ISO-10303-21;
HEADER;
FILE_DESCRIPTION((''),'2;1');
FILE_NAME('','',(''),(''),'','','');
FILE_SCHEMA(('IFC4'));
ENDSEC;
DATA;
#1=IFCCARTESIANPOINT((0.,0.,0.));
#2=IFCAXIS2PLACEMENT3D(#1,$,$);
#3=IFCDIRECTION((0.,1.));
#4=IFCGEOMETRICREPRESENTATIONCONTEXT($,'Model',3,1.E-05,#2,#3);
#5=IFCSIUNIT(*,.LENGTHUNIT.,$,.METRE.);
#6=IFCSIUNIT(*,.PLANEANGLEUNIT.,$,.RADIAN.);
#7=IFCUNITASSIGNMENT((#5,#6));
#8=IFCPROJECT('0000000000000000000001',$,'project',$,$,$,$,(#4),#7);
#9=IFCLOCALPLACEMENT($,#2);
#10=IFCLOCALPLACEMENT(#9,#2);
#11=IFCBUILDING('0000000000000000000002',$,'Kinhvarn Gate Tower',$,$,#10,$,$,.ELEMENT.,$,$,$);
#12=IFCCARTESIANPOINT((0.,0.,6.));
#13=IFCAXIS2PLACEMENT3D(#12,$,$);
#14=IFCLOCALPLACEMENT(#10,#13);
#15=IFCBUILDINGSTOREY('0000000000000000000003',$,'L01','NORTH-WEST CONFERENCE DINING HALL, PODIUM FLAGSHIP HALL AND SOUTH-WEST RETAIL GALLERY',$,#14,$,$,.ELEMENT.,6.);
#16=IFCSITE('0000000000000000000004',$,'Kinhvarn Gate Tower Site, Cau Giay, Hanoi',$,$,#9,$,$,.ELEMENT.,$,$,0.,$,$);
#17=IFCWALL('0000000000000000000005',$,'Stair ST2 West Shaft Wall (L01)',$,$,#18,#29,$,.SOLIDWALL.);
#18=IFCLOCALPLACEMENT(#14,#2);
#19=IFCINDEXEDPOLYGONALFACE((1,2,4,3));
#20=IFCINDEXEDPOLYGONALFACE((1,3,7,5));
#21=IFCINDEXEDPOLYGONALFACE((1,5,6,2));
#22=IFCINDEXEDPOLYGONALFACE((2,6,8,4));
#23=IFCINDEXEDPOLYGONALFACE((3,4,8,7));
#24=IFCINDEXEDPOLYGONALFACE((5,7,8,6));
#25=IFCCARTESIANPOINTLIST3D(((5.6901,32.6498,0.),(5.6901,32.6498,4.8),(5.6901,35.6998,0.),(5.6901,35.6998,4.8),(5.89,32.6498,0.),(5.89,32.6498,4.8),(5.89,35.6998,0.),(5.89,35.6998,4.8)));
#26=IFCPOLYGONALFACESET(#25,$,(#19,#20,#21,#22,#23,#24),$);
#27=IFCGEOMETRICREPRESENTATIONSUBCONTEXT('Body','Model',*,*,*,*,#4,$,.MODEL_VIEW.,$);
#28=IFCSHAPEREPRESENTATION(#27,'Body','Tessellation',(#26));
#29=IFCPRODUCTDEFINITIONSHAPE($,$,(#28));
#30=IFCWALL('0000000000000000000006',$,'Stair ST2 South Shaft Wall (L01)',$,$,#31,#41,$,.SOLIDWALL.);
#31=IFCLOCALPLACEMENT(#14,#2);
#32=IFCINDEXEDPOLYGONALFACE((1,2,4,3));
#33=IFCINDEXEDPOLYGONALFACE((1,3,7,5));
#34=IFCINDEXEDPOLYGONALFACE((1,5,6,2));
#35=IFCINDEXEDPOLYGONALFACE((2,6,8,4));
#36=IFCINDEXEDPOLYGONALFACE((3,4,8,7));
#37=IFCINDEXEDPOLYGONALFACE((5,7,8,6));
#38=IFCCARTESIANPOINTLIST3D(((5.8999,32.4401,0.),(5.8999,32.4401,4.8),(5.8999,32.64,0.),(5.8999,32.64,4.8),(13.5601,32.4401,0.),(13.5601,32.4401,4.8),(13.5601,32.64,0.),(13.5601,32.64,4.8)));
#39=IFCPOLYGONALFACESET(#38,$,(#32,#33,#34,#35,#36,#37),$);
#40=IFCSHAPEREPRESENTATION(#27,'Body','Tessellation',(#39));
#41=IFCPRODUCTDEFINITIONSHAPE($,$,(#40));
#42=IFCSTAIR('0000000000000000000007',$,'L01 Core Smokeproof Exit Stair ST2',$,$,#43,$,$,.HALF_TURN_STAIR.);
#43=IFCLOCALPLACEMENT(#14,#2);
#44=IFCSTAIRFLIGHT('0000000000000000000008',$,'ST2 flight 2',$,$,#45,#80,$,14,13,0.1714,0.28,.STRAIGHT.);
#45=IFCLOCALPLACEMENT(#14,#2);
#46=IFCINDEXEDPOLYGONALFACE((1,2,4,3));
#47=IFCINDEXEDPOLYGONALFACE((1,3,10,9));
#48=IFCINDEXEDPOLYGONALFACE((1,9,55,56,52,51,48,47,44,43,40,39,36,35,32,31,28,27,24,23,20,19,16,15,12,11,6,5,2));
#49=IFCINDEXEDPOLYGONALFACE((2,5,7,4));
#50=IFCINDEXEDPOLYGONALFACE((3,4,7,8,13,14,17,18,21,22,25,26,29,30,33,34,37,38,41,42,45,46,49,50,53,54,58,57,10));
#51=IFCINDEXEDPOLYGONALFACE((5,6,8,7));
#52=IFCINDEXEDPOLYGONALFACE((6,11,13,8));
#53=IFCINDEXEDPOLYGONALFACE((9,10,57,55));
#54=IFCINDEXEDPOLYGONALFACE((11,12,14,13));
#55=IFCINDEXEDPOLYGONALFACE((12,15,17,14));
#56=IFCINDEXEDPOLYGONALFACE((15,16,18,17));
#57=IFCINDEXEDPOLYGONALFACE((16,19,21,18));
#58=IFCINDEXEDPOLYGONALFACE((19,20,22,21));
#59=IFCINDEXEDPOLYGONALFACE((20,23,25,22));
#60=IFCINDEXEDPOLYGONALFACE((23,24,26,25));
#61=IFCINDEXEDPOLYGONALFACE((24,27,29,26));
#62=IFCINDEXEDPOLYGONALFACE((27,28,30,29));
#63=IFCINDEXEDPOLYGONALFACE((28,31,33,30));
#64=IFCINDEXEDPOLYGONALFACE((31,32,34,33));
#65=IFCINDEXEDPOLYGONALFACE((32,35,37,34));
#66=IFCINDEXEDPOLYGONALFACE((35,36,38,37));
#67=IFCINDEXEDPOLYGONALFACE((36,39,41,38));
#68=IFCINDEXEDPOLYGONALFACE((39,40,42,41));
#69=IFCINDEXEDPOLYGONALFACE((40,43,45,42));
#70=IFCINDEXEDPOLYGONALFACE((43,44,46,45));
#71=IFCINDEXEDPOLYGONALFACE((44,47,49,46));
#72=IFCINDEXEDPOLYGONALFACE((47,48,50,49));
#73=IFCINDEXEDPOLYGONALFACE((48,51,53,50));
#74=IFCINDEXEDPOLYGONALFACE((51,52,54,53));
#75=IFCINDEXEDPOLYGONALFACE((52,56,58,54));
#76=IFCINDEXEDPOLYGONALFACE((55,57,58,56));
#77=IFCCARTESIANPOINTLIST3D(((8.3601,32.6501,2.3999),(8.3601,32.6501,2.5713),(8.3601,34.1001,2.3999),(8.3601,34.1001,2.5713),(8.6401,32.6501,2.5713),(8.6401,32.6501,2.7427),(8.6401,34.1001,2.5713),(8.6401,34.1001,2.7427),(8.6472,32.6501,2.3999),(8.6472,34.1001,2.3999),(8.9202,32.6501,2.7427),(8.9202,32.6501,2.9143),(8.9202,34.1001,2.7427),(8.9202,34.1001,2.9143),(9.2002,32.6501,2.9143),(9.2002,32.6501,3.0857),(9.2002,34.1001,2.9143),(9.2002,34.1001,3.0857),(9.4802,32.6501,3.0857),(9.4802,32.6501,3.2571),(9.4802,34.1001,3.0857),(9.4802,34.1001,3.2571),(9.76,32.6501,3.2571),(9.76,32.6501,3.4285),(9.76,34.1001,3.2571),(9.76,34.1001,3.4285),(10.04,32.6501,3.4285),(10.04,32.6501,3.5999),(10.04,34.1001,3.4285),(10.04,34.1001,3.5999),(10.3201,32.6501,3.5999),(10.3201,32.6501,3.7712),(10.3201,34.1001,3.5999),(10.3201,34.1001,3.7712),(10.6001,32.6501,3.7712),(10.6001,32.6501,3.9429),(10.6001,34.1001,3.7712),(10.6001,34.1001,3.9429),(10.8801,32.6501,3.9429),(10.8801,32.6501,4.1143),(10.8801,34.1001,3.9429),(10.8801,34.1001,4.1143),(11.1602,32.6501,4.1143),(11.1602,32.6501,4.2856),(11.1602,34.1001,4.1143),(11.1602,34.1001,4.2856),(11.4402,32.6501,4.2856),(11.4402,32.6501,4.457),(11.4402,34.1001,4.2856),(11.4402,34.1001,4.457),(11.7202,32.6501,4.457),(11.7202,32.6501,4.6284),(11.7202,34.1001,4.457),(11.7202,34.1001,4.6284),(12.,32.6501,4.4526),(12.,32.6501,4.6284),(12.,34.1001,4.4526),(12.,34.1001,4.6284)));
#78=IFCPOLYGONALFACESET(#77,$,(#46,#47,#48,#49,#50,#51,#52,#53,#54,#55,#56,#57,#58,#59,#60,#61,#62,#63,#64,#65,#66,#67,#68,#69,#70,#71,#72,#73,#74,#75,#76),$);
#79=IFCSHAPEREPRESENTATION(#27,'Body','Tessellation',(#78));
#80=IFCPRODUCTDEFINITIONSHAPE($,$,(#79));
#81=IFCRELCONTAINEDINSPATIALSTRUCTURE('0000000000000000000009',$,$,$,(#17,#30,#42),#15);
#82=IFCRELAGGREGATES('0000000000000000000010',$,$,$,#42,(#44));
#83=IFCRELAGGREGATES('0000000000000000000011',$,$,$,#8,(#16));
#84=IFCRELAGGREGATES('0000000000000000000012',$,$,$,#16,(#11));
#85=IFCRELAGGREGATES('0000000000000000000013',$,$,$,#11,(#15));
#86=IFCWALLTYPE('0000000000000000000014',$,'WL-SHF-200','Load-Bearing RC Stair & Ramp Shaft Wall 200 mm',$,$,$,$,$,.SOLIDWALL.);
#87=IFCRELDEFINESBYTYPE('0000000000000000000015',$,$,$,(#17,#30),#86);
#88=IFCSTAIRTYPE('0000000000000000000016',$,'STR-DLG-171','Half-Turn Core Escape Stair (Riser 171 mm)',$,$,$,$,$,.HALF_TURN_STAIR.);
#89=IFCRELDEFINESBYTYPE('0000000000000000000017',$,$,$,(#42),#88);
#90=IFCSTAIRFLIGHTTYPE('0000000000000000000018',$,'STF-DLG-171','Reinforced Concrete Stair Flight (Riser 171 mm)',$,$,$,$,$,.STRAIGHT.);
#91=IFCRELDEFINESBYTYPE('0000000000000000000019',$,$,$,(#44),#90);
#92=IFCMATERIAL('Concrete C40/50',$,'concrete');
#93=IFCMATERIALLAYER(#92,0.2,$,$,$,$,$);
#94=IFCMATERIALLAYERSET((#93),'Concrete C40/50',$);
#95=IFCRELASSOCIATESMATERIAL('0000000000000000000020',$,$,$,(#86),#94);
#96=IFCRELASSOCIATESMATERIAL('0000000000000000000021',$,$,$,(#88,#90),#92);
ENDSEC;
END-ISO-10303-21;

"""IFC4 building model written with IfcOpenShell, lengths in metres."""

from ifc_helpers import new_model, si_unit, direction, frame, frame_2d, origin, place, context, subcontext, project, spatial, polyline, rectangle, outline, extrude, material, layer, layer_set, type_object, element, aggregate, save


model = new_model("IFC4")

# Units and contexts
model_context = context("Model", 3, precision=1e-05, world=origin(), true_north=direction((0.0, 1.0)))
body_context = subcontext(model_context, "Body", "Model", "MODEL_VIEW")
ifc_project = project(units=[si_unit("LENGTHUNIT", "METRE"), si_unit("PLANEANGLEUNIT", "RADIAN")], contexts=[model_context])

# Site, building, storey
site_placement = place(None, origin())
site = spatial("IfcSite", under=ifc_project, at=site_placement, Name="Kinhvarn Gate Tower Site, Cau Giay, Hanoi", CompositionType="ELEMENT", RefElevation=0.0)
building_placement = place(site_placement, origin())
building = spatial("IfcBuilding", under=site, at=building_placement, Name="Kinhvarn Gate Tower", CompositionType="ELEMENT")
storey_placement = place(building_placement, frame((0.0, 0.0, 6.0)))
storey = spatial("IfcBuildingStorey", under=building, at=storey_placement, Name="L01", Description="NORTH-WEST CONFERENCE DINING HALL, PODIUM FLAGSHIP HALL AND SOUTH-WEST RETAIL GALLERY", CompositionType="ELEMENT", Elevation=6.0)

# Walls
ifc_material_1 = material(Name="Concrete C40/50", Category="concrete")
ifc_layer_1 = layer(ifc_material_1, 0.2)
ifc_layer_set_1 = layer_set([ifc_layer_1], Name="Concrete C40/50")
wall_type_1 = type_object("IfcWallType", Name="WL-SHF-200", Description="Load-Bearing RC Stair & Ramp Shaft Wall 200 mm", PredefinedType="SOLIDWALL", material=ifc_layer_set_1)
wall_1_placement = place(storey_placement, frame((5.79, 32.6499, 0.0), z_axis=(0.0, 0.0, 1.0), x_axis=(0.0, 1.0, 0.0)))
element("IfcWall", 1, at=wall_1_placement, inside=storey, type_object=wall_type_1, Name="Stair ST2 West Shaft Wall (L01)", PredefinedType="SOLIDWALL", context=body_context, shape_type="SweptSolid", body=[
    extrude(rectangle(XDim=3.05, YDim=0.2, at=frame_2d((1.5249, 0.0))), origin(), (0.0, 0.0, 1.0), 4.8),
])
wall_2_placement = place(storey_placement, frame((5.8999, 32.54, 0.0), z_axis=(0.0, 0.0, 1.0), x_axis=(1.0, 0.0, 0.0)))
element("IfcWall", 2, at=wall_2_placement, inside=storey, type_object=wall_type_1, Name="Stair ST2 South Shaft Wall (L01)", PredefinedType="SOLIDWALL", context=body_context, shape_type="SweptSolid", body=[
    extrude(rectangle(XDim=7.6602, YDim=0.2, at=frame_2d((3.8301, 0.0))), origin(), (0.0, 0.0, 1.0), 4.8),
])

# Stair, stair flight
stair_type = type_object("IfcStairType", Name="STR-DLG-171", Description="Half-Turn Core Escape Stair (Riser 171 mm)", PredefinedType="HALF_TURN_STAIR", material=ifc_material_1)
stair_placement = place(storey_placement, origin())
stair = element("IfcStair", 3, at=stair_placement, inside=storey, type_object=stair_type, Name="L01 Core Smokeproof Exit Stair ST2", PredefinedType="HALF_TURN_STAIR")
stair_flight_type = type_object("IfcStairFlightType", Name="STF-DLG-171", Description="Reinforced Concrete Stair Flight (Riser 171 mm)", PredefinedType="STRAIGHT", material=ifc_material_1)
stair_flight_placement = place(storey_placement, frame((8.3601, 33.375, 2.3999), z_axis=(0.0, 0.0, 1.0), x_axis=(1.0, 0.0, 0.0)))
stair_flight = element("IfcStairFlight", 4, at=stair_flight_placement, type_object=stair_flight_type, Name="ST2 flight 2", NumberOfRisers=14, NumberOfTreads=13, PredefinedType="STRAIGHT", RiserHeight=0.1714, TreadLength=0.28, context=body_context, shape_type="SweptSolid", body=[
    extrude(outline(polyline([(0.0, 0.0), (0.0, 0.1714), (0.28, 0.1714), (0.28, 0.3428), (0.5601, 0.3428), (0.5601, 0.5144), (0.8401, 0.5144), (0.8401, 0.6858), (1.1201, 0.6858), (1.1201, 0.8572), (1.3999, 0.8572), (1.3999, 1.0286), (1.6799, 1.0286), (1.6799, 1.2), (1.96, 1.2), (1.96, 1.3713), (2.24, 1.3713), (2.24, 1.543), (2.52, 1.543), (2.52, 1.7144), (2.8, 1.7144), (2.8, 1.8857), (3.0801, 1.8857), (3.0801, 2.0571), (3.3601, 2.0571), (3.3601, 2.2285), (3.6399, 2.2285), (3.6399, 2.3999), (3.6399, 2.0527), (0.2871, 0.0), (0.0, 0.0)])), frame((0.0, 0.7251, 0.0), z_axis=(0.0, -1.0, 0.0), x_axis=(1.0, 0.0, 0.0)), (0.0, 0.0, 1.0), 1.45),
])
aggregate(stair, [stair_flight])

save(model, "model.ifc")
